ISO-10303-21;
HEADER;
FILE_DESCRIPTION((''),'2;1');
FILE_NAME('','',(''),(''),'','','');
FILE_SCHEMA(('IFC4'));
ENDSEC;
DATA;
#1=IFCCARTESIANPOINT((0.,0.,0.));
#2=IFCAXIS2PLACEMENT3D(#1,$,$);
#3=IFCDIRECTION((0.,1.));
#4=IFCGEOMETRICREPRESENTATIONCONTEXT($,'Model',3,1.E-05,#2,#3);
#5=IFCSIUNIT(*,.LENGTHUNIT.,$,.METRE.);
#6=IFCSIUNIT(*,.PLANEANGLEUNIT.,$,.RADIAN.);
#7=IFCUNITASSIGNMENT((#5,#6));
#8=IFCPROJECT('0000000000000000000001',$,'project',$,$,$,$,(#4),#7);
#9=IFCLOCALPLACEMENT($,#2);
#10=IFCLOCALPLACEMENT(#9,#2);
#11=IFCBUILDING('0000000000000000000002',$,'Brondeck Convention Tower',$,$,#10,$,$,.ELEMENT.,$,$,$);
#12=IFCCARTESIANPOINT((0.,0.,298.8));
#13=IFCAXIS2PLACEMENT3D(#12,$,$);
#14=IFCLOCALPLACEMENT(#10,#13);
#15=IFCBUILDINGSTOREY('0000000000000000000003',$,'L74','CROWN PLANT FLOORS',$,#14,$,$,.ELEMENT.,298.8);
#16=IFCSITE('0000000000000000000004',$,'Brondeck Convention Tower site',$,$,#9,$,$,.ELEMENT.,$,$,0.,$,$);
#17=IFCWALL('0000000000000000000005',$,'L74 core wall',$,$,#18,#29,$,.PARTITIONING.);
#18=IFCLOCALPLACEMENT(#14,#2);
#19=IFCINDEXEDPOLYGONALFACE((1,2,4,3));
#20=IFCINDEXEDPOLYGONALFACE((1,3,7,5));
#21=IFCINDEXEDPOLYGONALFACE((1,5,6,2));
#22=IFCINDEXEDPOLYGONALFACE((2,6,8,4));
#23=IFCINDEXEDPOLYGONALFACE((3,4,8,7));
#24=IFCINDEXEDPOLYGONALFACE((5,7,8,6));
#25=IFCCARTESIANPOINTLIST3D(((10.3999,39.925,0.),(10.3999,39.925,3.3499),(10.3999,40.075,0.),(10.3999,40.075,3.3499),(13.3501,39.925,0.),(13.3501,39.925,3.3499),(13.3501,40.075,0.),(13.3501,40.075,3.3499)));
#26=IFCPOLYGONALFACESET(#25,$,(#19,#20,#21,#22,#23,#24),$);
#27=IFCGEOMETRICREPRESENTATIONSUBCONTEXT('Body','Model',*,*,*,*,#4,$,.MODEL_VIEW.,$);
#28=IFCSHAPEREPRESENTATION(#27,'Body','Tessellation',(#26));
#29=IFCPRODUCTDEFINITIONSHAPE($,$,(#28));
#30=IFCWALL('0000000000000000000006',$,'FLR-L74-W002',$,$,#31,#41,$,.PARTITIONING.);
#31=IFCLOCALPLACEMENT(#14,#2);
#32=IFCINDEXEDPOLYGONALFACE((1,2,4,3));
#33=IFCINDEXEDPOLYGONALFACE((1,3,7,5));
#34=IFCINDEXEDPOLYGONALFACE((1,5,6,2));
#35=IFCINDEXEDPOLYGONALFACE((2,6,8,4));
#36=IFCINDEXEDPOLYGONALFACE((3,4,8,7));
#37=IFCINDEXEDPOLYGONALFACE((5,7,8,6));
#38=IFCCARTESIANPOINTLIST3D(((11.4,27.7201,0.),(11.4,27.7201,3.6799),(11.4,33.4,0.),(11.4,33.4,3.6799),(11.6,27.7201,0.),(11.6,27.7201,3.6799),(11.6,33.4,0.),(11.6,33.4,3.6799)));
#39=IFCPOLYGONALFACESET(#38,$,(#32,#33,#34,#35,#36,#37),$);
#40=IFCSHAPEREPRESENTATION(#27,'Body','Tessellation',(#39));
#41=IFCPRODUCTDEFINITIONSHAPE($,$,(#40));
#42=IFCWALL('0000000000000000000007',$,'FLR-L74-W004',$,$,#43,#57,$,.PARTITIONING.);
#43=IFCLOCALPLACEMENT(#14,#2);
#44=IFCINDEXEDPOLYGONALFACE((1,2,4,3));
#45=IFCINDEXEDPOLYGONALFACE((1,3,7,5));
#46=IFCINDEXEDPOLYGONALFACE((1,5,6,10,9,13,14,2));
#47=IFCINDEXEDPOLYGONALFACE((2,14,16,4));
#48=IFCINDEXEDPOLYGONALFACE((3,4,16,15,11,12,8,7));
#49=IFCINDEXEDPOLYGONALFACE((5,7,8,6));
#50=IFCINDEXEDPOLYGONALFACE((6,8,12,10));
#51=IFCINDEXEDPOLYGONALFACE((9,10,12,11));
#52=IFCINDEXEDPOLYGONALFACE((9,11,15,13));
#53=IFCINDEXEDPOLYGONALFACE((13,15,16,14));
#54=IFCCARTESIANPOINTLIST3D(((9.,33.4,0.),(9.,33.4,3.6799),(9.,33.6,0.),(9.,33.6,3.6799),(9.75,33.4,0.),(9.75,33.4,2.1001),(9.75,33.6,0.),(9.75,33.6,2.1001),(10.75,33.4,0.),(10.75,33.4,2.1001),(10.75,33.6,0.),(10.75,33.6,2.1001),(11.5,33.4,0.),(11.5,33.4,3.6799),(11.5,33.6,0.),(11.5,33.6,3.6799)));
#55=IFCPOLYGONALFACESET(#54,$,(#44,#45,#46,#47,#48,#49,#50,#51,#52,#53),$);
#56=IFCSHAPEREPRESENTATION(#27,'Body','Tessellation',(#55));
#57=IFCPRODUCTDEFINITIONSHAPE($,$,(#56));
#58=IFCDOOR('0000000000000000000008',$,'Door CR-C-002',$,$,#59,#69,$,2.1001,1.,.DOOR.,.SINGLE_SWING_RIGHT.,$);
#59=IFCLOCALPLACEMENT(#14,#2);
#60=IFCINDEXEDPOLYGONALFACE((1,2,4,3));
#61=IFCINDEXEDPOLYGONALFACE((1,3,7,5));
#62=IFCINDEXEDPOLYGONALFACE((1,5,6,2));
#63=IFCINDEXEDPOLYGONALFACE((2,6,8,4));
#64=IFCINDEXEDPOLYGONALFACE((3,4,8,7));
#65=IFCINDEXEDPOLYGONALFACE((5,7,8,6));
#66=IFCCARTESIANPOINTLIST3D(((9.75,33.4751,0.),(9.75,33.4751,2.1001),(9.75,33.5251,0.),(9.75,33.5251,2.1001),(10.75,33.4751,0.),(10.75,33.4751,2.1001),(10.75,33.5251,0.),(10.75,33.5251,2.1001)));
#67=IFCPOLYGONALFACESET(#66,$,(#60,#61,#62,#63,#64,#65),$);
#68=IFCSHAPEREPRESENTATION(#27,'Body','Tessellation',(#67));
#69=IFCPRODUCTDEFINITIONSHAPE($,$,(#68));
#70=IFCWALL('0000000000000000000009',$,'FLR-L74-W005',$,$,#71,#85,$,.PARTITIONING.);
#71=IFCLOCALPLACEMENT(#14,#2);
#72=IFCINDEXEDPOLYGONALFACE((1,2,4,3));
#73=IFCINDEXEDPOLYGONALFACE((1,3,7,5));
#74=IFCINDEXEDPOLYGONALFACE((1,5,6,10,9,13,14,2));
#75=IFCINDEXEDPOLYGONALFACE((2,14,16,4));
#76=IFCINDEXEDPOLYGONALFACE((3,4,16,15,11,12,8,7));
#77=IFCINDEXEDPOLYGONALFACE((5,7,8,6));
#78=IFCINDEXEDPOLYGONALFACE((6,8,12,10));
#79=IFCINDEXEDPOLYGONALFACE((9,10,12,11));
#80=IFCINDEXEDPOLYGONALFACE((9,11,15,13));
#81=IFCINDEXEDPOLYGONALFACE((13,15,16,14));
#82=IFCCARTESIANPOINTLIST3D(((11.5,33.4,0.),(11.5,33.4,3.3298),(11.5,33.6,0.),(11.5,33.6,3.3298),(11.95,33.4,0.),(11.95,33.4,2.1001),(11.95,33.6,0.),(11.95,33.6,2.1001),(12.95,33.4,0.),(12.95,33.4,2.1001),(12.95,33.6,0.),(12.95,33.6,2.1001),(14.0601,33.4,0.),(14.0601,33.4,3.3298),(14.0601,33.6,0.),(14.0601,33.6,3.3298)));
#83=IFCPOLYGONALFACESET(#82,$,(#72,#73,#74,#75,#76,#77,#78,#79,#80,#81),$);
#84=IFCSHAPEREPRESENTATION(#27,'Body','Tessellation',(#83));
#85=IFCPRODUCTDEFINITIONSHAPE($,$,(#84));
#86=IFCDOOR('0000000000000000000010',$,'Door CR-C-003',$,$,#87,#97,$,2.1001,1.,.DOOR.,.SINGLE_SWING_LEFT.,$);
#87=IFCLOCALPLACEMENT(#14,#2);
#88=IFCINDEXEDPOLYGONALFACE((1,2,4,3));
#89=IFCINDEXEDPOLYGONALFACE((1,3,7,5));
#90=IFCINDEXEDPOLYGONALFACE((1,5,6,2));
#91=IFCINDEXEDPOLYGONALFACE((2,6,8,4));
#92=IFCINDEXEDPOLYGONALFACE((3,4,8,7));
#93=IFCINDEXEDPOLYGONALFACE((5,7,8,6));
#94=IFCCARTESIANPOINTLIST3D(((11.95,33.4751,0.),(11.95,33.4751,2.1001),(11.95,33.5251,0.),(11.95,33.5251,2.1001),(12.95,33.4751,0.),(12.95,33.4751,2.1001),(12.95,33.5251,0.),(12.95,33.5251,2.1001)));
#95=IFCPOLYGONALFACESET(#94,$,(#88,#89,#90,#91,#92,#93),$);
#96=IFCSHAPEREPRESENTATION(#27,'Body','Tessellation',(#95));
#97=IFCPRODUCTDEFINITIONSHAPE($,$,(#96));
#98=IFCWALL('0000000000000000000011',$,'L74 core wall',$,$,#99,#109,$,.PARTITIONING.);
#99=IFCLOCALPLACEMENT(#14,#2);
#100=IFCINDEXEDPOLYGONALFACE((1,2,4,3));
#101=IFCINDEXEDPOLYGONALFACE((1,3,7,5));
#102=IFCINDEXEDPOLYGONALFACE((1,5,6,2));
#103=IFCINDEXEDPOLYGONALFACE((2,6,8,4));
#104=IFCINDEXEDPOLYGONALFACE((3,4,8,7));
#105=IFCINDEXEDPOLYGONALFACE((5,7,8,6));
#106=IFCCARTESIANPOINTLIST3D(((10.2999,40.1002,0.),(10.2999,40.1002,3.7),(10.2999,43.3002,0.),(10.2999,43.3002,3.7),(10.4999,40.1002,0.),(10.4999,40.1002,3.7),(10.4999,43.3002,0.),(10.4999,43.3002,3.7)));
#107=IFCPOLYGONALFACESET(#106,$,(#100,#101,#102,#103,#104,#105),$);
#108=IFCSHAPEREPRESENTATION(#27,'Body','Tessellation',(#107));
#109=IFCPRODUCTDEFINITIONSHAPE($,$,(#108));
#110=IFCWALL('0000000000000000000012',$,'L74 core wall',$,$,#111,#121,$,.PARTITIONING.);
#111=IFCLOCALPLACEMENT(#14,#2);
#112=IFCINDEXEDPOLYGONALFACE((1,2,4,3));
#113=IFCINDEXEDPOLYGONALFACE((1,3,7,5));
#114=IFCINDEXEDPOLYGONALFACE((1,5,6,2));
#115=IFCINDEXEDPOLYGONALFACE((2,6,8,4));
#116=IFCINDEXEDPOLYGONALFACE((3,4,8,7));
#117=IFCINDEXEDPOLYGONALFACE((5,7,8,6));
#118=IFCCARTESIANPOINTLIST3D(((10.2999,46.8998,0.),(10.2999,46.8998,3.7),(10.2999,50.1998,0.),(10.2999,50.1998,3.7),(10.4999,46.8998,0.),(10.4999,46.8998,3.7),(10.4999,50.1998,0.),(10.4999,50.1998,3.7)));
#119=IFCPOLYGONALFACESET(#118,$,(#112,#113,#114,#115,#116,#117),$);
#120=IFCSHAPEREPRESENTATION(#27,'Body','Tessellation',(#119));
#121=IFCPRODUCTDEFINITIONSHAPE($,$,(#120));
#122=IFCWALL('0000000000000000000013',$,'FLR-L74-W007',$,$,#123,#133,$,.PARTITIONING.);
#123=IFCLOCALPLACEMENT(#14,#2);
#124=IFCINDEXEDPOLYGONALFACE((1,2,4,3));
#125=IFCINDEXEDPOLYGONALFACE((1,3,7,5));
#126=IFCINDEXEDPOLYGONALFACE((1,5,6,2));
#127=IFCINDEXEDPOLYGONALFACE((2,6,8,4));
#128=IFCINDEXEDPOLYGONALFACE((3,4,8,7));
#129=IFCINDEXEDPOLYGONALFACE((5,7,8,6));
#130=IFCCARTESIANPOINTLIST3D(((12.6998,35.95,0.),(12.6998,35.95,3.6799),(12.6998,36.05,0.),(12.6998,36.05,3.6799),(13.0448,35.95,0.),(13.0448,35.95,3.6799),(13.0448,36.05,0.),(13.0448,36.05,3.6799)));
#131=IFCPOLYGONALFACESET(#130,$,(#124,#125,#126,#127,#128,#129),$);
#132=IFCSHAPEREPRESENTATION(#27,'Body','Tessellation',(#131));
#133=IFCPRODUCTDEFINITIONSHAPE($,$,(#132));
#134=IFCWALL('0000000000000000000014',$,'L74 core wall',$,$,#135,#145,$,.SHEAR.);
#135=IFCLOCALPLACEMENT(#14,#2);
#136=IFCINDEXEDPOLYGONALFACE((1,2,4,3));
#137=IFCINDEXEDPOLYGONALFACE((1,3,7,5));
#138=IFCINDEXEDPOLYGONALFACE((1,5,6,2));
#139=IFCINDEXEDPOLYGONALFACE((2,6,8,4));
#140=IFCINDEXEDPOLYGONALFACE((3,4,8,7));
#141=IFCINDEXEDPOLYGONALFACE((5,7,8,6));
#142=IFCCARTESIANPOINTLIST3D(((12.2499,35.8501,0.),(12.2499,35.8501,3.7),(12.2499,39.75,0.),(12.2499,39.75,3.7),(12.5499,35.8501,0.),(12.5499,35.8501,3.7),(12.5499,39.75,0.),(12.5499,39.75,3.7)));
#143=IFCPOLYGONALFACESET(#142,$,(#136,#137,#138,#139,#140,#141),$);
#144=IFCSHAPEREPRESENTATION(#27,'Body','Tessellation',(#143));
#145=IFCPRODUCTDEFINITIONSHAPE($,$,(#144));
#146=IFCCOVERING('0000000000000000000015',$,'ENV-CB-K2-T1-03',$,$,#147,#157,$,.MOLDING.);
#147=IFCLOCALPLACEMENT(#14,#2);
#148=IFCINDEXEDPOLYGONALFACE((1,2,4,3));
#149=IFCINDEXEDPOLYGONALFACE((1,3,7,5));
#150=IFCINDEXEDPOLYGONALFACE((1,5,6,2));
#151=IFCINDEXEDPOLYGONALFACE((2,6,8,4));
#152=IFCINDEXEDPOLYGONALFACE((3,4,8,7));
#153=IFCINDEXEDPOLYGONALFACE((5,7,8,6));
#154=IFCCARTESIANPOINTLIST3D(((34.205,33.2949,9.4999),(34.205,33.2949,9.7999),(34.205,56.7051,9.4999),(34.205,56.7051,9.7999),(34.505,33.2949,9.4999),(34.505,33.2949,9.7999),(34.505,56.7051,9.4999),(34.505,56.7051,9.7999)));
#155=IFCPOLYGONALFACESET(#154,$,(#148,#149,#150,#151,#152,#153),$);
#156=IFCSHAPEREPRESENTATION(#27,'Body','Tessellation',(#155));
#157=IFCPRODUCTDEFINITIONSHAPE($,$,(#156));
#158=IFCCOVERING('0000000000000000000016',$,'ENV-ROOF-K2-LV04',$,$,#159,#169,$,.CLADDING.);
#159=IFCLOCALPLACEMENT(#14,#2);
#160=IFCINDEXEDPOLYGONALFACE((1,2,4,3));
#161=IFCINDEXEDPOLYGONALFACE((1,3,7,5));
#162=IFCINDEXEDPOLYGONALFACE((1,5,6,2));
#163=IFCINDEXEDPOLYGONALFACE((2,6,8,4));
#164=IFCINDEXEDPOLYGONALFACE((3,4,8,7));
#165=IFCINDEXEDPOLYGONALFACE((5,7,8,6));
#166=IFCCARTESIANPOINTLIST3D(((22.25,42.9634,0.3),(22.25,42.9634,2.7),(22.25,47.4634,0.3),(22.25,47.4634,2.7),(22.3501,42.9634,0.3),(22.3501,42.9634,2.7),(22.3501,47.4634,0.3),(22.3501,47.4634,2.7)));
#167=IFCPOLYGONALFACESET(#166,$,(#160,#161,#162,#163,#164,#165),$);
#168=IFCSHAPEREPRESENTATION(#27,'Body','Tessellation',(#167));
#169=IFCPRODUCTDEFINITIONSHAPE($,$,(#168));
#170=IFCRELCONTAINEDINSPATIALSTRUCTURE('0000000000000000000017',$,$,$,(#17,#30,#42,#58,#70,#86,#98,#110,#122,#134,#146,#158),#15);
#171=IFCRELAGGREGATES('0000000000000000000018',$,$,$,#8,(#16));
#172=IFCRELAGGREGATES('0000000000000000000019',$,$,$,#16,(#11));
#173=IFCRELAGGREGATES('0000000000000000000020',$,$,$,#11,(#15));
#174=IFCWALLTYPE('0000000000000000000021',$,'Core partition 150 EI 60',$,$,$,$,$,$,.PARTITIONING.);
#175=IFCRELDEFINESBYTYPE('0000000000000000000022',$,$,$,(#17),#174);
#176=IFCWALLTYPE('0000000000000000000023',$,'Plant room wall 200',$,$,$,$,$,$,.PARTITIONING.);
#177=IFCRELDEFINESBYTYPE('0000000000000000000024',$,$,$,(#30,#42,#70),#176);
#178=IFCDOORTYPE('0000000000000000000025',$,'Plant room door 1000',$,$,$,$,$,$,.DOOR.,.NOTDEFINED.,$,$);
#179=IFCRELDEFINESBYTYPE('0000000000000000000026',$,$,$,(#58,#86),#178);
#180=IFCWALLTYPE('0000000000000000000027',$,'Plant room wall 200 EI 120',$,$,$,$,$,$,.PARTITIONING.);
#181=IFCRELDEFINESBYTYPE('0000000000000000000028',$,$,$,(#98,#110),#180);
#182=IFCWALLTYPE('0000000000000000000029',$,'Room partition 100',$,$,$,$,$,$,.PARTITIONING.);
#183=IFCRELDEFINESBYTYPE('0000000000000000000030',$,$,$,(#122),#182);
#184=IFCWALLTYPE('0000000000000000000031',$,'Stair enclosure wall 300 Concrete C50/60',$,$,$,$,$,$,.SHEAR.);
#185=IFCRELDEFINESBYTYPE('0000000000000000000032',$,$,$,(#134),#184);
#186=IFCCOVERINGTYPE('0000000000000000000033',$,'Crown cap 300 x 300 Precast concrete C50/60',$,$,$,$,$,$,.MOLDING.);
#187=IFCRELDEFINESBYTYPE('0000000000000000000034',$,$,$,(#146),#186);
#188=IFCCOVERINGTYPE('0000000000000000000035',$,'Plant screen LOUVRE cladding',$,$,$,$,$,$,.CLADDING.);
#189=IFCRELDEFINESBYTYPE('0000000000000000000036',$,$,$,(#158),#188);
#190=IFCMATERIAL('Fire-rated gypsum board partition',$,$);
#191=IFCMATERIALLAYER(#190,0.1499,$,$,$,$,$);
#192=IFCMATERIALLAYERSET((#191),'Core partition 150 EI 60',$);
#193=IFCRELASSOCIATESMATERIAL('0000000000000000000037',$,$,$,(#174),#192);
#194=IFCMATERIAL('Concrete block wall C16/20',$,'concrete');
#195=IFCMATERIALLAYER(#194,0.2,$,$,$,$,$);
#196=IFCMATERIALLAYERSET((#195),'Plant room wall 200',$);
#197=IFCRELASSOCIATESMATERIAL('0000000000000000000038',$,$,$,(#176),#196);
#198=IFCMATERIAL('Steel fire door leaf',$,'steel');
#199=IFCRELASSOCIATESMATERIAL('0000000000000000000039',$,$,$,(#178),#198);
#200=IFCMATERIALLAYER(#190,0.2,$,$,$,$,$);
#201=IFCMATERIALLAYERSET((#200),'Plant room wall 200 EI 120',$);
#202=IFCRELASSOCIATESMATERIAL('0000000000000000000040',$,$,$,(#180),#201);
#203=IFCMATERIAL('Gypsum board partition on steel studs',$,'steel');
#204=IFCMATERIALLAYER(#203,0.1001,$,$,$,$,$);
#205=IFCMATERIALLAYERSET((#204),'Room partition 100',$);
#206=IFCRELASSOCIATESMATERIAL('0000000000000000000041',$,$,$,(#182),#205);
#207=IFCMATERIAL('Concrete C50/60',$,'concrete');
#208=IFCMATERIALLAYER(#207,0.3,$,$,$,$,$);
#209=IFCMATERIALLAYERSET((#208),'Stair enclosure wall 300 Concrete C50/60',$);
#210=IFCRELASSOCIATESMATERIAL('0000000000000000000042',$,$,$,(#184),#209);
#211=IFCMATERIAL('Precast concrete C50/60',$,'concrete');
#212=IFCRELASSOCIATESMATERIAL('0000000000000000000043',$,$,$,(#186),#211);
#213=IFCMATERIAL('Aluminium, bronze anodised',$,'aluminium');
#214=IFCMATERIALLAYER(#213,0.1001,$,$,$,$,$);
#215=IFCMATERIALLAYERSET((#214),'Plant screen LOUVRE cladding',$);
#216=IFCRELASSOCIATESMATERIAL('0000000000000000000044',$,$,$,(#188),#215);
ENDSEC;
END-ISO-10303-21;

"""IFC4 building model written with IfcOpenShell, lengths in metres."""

from ifc_helpers import new_model, si_unit, direction, frame, frame_2d, origin, origin_2d, place, context, subcontext, project, spatial, rectangle, extrude, material, layer, layer_set, material_profile, profile_set, type_object, element, fill, save


model = new_model("IFC4")

# Units and contexts
model_context = context("Model", 3, precision=1e-05, world=origin(), true_north=direction((0.0, 1.0)))
body_context = subcontext(model_context, "Body", "Model", "MODEL_VIEW")
ifc_project = project(units=[si_unit("LENGTHUNIT", "METRE"), si_unit("PLANEANGLEUNIT", "RADIAN")], contexts=[model_context])

# Site, building, storey
site_placement = place(None, origin())
site = spatial("IfcSite", under=ifc_project, at=site_placement, Name="Brondeck Convention Tower site", CompositionType="ELEMENT", RefElevation=0.0)
building_placement = place(site_placement, origin())
building = spatial("IfcBuilding", under=site, at=building_placement, Name="Brondeck Convention Tower", CompositionType="ELEMENT")
storey_placement = place(building_placement, frame((0.0, 0.0, 298.8)))
storey = spatial("IfcBuildingStorey", under=building, at=storey_placement, Name="L74", Description="CROWN PLANT FLOORS", CompositionType="ELEMENT", Elevation=298.8)

# Shared definitions
ifc_material_1 = material(Name="Concrete C50/60", Category="concrete")

# Shared definitions
ifc_material_2 = material(Name="Aluminium, bronze anodised", Category="aluminium")

# Walls
ifc_material_3 = material(Name="Fire-rated gypsum board partition")
ifc_layer_1 = layer(ifc_material_3, 0.1499)
ifc_layer_set_1 = layer_set([ifc_layer_1], Name="Core partition 150 EI 60")
wall_type_1 = type_object("IfcWallType", Name="Core partition 150 EI 60", PredefinedType="PARTITIONING", material=ifc_layer_set_1)
wall_1_placement = place(storey_placement, frame((10.3999, 40.0, 0.0), z_axis=(0.0, 0.0, 1.0), x_axis=(1.0, 0.0, 0.0)))
element("IfcWall", 1, at=wall_1_placement, inside=storey, type_object=wall_type_1, Name="L74 core wall", PredefinedType="PARTITIONING", context=body_context, shape_type="SweptSolid", body=[
    extrude(rectangle(XDim=2.9502, YDim=0.1499, at=frame_2d((1.4751, 0.0))), origin(), (0.0, 0.0, 1.0), 3.3499),
])
ifc_material_4 = material(Name="Concrete block wall C16/20", Category="concrete")
ifc_layer_2 = layer(ifc_material_4, 0.2)
ifc_layer_set_2 = layer_set([ifc_layer_2], Name="Plant room wall 200")
wall_type_2 = type_object("IfcWallType", Name="Plant room wall 200", PredefinedType="PARTITIONING", material=ifc_layer_set_2)
wall_2_placement = place(storey_placement, frame((11.5, 33.3999, 0.0), z_axis=(0.0, 0.0, 1.0), x_axis=(0.0, -1.0, 0.0)))
element("IfcWall", 2, at=wall_2_placement, inside=storey, type_object=wall_type_2, Name="FLR-L74-W002", PredefinedType="PARTITIONING", context=body_context, shape_type="SweptSolid", body=[
    extrude(rectangle(XDim=5.6799, YDim=0.2, at=frame_2d((2.8398, 0.0))), origin(), (0.0, 0.0, 1.0), 3.6799),
])

# Walls, openings, doors
wall_3_placement = place(storey_placement, frame((11.5, 33.5, 0.0), z_axis=(0.0, 0.0, 1.0), x_axis=(-1.0, 0.0, 0.0)))
wall_3 = element("IfcWall", 3, at=wall_3_placement, inside=storey, type_object=wall_type_2, Name="FLR-L74-W004", PredefinedType="PARTITIONING", context=body_context, shape_type="SweptSolid", body=[
    extrude(rectangle(XDim=2.5, YDim=0.2, at=frame_2d((1.25, 0.0))), origin(), (0.0, 0.0, 1.0), 3.6799),
])
opening_1_placement = place(wall_3_placement, frame((0.75, 0.0, 0.0)))
opening_1 = element("IfcOpeningElement", 4, at=opening_1_placement, cuts=wall_3, PredefinedType="OPENING", context=body_context, shape_type="SweptSolid", body=[
    extrude(rectangle(XDim=1.0, YDim=2.1001, at=frame_2d((0.5, 1.05))), frame((0.0, 0.1099, 0.0), z_axis=(0.0, -1.0, 0.0), x_axis=(1.0, 0.0, 0.0)), (0.0, 0.0, 1.0), 0.22),
])
ifc_material_5 = material(Name="Steel fire door leaf", Category="steel")
door_type = type_object("IfcDoorType", Name="Plant room door 1000", OperationType="NOTDEFINED", PredefinedType="DOOR", material=ifc_material_5)
door_1_placement = place(opening_1_placement, origin())
door_1 = element("IfcDoor", 5, at=door_1_placement, inside=storey, type_object=door_type, Name="Door CR-C-002", OperationType="SINGLE_SWING_RIGHT", OverallHeight=2.1001, OverallWidth=1.0, PredefinedType="DOOR", context=body_context, shape_type="SweptSolid", body=[
    extrude(rectangle(XDim=1.0, YDim=2.1001, at=frame_2d((0.5, 1.05))), frame((0.0, 0.0249, 0.0), z_axis=(0.0, -1.0, 0.0), x_axis=(1.0, 0.0, 0.0)), (0.0, 0.0, 1.0), 0.05),
])
fill(opening_1, door_1)
wall_4_placement = place(storey_placement, frame((14.0601, 33.5, 0.0), z_axis=(0.0, 0.0, 1.0), x_axis=(-1.0, 0.0, 0.0)))
wall_4 = element("IfcWall", 6, at=wall_4_placement, inside=storey, type_object=wall_type_2, Name="FLR-L74-W005", PredefinedType="PARTITIONING", context=body_context, shape_type="SweptSolid", body=[
    extrude(rectangle(XDim=2.5601, YDim=0.2, at=frame_2d((1.28, 0.0))), origin(), (0.0, 0.0, 1.0), 3.3298),
])
opening_2_placement = place(wall_4_placement, frame((1.1101, 0.0, 0.0)))
opening_2 = element("IfcOpeningElement", 7, at=opening_2_placement, cuts=wall_4, PredefinedType="OPENING", context=body_context, shape_type="SweptSolid", body=[
    extrude(rectangle(XDim=1.0, YDim=2.1001, at=frame_2d((0.5, 1.05))), frame((0.0, 0.1099, 0.0), z_axis=(0.0, -1.0, 0.0), x_axis=(1.0, 0.0, 0.0)), (0.0, 0.0, 1.0), 0.22),
])
door_2_placement = place(opening_2_placement, origin())
door_2 = element("IfcDoor", 8, at=door_2_placement, inside=storey, type_object=door_type, Name="Door CR-C-003", OperationType="SINGLE_SWING_LEFT", OverallHeight=2.1001, OverallWidth=1.0, PredefinedType="DOOR", context=body_context, shape_type="SweptSolid", body=[
    extrude(rectangle(XDim=1.0, YDim=2.1001, at=frame_2d((0.5, 1.05))), frame((0.0, 0.0249, 0.0), z_axis=(0.0, -1.0, 0.0), x_axis=(1.0, 0.0, 0.0)), (0.0, 0.0, 1.0), 0.05),
])
fill(opening_2, door_2)

# Walls
ifc_layer_3 = layer(ifc_material_3, 0.2)
ifc_layer_set_3 = layer_set([ifc_layer_3], Name="Plant room wall 200 EI 120")
wall_type_3 = type_object("IfcWallType", Name="Plant room wall 200 EI 120", PredefinedType="PARTITIONING", material=ifc_layer_set_3)
wall_5_placement = place(storey_placement, frame((10.3999, 40.1001, 0.0), z_axis=(0.0, 0.0, 1.0), x_axis=(0.0, 1.0, 0.0)))
element("IfcWall", 9, at=wall_5_placement, inside=storey, type_object=wall_type_3, Name="L74 core wall", PredefinedType="PARTITIONING", context=body_context, shape_type="SweptSolid", body=[
    extrude(rectangle(XDim=3.2, YDim=0.2, at=frame_2d((1.6001, 0.0))), origin(), (0.0, 0.0, 1.0), 3.7),
])
wall_6_placement = place(storey_placement, frame((10.3999, 46.8999, 0.0), z_axis=(0.0, 0.0, 1.0), x_axis=(0.0, 1.0, 0.0)))
element("IfcWall", 10, at=wall_6_placement, inside=storey, type_object=wall_type_3, Name="L74 core wall", PredefinedType="PARTITIONING", context=body_context, shape_type="SweptSolid", body=[
    extrude(rectangle(XDim=3.3, YDim=0.2, at=frame_2d((1.6499, 0.0))), origin(), (0.0, 0.0, 1.0), 3.7),
])
ifc_material_6 = material(Name="Gypsum board partition on steel studs", Category="steel")
ifc_layer_4 = layer(ifc_material_6, 0.1001)
ifc_layer_set_4 = layer_set([ifc_layer_4], Name="Room partition 100")
wall_type_4 = type_object("IfcWallType", Name="Room partition 100", PredefinedType="PARTITIONING", material=ifc_layer_set_4)
wall_7_placement = place(storey_placement, frame((12.7, 36.0, 0.0), z_axis=(0.0, 0.0, 1.0), x_axis=(1.0, 0.0, 0.0)))
element("IfcWall", 11, at=wall_7_placement, inside=storey, type_object=wall_type_4, Name="FLR-L74-W007", PredefinedType="PARTITIONING", context=body_context, shape_type="SweptSolid", body=[
    extrude(rectangle(XDim=0.345, YDim=0.1001, at=frame_2d((0.1724, 0.0))), origin(), (0.0, 0.0, 1.0), 3.6799),
])
ifc_layer_5 = layer(ifc_material_1, 0.3)
ifc_layer_set_5 = layer_set([ifc_layer_5], Name="Stair enclosure wall 300 Concrete C50/60")
wall_type_5 = type_object("IfcWallType", Name="Stair enclosure wall 300 Concrete C50/60", PredefinedType="SHEAR", material=ifc_layer_set_5)
wall_8_placement = place(storey_placement, frame((12.3999, 35.8501, 0.0), z_axis=(0.0, 0.0, 1.0), x_axis=(0.0, 1.0, 0.0)))
element("IfcWall", 12, at=wall_8_placement, inside=storey, type_object=wall_type_5, Name="L74 core wall", PredefinedType="SHEAR", context=body_context, shape_type="SweptSolid", body=[
    extrude(rectangle(XDim=3.8999, YDim=0.3, at=frame_2d((1.95, 0.0))), origin(), (0.0, 0.0, 1.0), 3.7),
])

# Coverings
ifc_material_7 = material(Name="Precast concrete C50/60", Category="concrete")
ifc_material_profile_1 = material_profile(ifc_material_7, rectangle(XDim=0.3, YDim=0.3, at=origin_2d()), Name="Crown cap 300 x 300 Precast concrete C50/60")
ifc_profile_set_1 = profile_set([ifc_material_profile_1], Name="Precast concrete C50/60")
covering_type_1 = type_object("IfcCoveringType", Name="Crown cap 300 x 300 Precast concrete C50/60", PredefinedType="MOLDING", material=ifc_profile_set_1)
covering_placement = place(storey_placement, frame((34.355, 33.2949, 9.6499), z_axis=(0.0, 1.0, 0.0), x_axis=(-1.0, 0.0, 0.0)))
element("IfcCovering", 13, at=covering_placement, inside=storey, type_object=covering_type_1, Name="ENV-CB-K2-T1-03", PredefinedType="MOLDING", context=body_context, shape_type="SweptSolid", body=[
    extrude(rectangle(XDim=0.3, YDim=0.3, at=origin_2d()), origin(), (0.0, 0.0, 1.0), 23.4102),
])
ifc_layer_6 = layer(ifc_material_2, 0.1001)
ifc_layer_set_6 = layer_set([ifc_layer_6], Name="Plant screen LOUVRE cladding")
covering_type_2 = type_object("IfcCoveringType", Name="Plant screen LOUVRE cladding", PredefinedType="CLADDING", material=ifc_layer_set_6)
for number, where, z_axis, x_axis, name in (
    (14, (22.3, 45.2134, 0.3), (0.0, 0.0, 1.0), (0.0, -1.0, 0.0), "ENV-ROOF-K2-LV04"),
):
    element("IfcCovering", number, at=place(storey_placement, frame(where, z_axis=z_axis, x_axis=x_axis)), inside=storey, type_object=covering_type_2, Name=name, PredefinedType="CLADDING", context=body_context, shape_type="SweptSolid", body=[
        extrude(rectangle(XDim=4.5, YDim=0.1001, at=origin_2d()), origin(), (0.0, 0.0, 1.0), 2.3999),
    ])

save(model, "model.ifc")
